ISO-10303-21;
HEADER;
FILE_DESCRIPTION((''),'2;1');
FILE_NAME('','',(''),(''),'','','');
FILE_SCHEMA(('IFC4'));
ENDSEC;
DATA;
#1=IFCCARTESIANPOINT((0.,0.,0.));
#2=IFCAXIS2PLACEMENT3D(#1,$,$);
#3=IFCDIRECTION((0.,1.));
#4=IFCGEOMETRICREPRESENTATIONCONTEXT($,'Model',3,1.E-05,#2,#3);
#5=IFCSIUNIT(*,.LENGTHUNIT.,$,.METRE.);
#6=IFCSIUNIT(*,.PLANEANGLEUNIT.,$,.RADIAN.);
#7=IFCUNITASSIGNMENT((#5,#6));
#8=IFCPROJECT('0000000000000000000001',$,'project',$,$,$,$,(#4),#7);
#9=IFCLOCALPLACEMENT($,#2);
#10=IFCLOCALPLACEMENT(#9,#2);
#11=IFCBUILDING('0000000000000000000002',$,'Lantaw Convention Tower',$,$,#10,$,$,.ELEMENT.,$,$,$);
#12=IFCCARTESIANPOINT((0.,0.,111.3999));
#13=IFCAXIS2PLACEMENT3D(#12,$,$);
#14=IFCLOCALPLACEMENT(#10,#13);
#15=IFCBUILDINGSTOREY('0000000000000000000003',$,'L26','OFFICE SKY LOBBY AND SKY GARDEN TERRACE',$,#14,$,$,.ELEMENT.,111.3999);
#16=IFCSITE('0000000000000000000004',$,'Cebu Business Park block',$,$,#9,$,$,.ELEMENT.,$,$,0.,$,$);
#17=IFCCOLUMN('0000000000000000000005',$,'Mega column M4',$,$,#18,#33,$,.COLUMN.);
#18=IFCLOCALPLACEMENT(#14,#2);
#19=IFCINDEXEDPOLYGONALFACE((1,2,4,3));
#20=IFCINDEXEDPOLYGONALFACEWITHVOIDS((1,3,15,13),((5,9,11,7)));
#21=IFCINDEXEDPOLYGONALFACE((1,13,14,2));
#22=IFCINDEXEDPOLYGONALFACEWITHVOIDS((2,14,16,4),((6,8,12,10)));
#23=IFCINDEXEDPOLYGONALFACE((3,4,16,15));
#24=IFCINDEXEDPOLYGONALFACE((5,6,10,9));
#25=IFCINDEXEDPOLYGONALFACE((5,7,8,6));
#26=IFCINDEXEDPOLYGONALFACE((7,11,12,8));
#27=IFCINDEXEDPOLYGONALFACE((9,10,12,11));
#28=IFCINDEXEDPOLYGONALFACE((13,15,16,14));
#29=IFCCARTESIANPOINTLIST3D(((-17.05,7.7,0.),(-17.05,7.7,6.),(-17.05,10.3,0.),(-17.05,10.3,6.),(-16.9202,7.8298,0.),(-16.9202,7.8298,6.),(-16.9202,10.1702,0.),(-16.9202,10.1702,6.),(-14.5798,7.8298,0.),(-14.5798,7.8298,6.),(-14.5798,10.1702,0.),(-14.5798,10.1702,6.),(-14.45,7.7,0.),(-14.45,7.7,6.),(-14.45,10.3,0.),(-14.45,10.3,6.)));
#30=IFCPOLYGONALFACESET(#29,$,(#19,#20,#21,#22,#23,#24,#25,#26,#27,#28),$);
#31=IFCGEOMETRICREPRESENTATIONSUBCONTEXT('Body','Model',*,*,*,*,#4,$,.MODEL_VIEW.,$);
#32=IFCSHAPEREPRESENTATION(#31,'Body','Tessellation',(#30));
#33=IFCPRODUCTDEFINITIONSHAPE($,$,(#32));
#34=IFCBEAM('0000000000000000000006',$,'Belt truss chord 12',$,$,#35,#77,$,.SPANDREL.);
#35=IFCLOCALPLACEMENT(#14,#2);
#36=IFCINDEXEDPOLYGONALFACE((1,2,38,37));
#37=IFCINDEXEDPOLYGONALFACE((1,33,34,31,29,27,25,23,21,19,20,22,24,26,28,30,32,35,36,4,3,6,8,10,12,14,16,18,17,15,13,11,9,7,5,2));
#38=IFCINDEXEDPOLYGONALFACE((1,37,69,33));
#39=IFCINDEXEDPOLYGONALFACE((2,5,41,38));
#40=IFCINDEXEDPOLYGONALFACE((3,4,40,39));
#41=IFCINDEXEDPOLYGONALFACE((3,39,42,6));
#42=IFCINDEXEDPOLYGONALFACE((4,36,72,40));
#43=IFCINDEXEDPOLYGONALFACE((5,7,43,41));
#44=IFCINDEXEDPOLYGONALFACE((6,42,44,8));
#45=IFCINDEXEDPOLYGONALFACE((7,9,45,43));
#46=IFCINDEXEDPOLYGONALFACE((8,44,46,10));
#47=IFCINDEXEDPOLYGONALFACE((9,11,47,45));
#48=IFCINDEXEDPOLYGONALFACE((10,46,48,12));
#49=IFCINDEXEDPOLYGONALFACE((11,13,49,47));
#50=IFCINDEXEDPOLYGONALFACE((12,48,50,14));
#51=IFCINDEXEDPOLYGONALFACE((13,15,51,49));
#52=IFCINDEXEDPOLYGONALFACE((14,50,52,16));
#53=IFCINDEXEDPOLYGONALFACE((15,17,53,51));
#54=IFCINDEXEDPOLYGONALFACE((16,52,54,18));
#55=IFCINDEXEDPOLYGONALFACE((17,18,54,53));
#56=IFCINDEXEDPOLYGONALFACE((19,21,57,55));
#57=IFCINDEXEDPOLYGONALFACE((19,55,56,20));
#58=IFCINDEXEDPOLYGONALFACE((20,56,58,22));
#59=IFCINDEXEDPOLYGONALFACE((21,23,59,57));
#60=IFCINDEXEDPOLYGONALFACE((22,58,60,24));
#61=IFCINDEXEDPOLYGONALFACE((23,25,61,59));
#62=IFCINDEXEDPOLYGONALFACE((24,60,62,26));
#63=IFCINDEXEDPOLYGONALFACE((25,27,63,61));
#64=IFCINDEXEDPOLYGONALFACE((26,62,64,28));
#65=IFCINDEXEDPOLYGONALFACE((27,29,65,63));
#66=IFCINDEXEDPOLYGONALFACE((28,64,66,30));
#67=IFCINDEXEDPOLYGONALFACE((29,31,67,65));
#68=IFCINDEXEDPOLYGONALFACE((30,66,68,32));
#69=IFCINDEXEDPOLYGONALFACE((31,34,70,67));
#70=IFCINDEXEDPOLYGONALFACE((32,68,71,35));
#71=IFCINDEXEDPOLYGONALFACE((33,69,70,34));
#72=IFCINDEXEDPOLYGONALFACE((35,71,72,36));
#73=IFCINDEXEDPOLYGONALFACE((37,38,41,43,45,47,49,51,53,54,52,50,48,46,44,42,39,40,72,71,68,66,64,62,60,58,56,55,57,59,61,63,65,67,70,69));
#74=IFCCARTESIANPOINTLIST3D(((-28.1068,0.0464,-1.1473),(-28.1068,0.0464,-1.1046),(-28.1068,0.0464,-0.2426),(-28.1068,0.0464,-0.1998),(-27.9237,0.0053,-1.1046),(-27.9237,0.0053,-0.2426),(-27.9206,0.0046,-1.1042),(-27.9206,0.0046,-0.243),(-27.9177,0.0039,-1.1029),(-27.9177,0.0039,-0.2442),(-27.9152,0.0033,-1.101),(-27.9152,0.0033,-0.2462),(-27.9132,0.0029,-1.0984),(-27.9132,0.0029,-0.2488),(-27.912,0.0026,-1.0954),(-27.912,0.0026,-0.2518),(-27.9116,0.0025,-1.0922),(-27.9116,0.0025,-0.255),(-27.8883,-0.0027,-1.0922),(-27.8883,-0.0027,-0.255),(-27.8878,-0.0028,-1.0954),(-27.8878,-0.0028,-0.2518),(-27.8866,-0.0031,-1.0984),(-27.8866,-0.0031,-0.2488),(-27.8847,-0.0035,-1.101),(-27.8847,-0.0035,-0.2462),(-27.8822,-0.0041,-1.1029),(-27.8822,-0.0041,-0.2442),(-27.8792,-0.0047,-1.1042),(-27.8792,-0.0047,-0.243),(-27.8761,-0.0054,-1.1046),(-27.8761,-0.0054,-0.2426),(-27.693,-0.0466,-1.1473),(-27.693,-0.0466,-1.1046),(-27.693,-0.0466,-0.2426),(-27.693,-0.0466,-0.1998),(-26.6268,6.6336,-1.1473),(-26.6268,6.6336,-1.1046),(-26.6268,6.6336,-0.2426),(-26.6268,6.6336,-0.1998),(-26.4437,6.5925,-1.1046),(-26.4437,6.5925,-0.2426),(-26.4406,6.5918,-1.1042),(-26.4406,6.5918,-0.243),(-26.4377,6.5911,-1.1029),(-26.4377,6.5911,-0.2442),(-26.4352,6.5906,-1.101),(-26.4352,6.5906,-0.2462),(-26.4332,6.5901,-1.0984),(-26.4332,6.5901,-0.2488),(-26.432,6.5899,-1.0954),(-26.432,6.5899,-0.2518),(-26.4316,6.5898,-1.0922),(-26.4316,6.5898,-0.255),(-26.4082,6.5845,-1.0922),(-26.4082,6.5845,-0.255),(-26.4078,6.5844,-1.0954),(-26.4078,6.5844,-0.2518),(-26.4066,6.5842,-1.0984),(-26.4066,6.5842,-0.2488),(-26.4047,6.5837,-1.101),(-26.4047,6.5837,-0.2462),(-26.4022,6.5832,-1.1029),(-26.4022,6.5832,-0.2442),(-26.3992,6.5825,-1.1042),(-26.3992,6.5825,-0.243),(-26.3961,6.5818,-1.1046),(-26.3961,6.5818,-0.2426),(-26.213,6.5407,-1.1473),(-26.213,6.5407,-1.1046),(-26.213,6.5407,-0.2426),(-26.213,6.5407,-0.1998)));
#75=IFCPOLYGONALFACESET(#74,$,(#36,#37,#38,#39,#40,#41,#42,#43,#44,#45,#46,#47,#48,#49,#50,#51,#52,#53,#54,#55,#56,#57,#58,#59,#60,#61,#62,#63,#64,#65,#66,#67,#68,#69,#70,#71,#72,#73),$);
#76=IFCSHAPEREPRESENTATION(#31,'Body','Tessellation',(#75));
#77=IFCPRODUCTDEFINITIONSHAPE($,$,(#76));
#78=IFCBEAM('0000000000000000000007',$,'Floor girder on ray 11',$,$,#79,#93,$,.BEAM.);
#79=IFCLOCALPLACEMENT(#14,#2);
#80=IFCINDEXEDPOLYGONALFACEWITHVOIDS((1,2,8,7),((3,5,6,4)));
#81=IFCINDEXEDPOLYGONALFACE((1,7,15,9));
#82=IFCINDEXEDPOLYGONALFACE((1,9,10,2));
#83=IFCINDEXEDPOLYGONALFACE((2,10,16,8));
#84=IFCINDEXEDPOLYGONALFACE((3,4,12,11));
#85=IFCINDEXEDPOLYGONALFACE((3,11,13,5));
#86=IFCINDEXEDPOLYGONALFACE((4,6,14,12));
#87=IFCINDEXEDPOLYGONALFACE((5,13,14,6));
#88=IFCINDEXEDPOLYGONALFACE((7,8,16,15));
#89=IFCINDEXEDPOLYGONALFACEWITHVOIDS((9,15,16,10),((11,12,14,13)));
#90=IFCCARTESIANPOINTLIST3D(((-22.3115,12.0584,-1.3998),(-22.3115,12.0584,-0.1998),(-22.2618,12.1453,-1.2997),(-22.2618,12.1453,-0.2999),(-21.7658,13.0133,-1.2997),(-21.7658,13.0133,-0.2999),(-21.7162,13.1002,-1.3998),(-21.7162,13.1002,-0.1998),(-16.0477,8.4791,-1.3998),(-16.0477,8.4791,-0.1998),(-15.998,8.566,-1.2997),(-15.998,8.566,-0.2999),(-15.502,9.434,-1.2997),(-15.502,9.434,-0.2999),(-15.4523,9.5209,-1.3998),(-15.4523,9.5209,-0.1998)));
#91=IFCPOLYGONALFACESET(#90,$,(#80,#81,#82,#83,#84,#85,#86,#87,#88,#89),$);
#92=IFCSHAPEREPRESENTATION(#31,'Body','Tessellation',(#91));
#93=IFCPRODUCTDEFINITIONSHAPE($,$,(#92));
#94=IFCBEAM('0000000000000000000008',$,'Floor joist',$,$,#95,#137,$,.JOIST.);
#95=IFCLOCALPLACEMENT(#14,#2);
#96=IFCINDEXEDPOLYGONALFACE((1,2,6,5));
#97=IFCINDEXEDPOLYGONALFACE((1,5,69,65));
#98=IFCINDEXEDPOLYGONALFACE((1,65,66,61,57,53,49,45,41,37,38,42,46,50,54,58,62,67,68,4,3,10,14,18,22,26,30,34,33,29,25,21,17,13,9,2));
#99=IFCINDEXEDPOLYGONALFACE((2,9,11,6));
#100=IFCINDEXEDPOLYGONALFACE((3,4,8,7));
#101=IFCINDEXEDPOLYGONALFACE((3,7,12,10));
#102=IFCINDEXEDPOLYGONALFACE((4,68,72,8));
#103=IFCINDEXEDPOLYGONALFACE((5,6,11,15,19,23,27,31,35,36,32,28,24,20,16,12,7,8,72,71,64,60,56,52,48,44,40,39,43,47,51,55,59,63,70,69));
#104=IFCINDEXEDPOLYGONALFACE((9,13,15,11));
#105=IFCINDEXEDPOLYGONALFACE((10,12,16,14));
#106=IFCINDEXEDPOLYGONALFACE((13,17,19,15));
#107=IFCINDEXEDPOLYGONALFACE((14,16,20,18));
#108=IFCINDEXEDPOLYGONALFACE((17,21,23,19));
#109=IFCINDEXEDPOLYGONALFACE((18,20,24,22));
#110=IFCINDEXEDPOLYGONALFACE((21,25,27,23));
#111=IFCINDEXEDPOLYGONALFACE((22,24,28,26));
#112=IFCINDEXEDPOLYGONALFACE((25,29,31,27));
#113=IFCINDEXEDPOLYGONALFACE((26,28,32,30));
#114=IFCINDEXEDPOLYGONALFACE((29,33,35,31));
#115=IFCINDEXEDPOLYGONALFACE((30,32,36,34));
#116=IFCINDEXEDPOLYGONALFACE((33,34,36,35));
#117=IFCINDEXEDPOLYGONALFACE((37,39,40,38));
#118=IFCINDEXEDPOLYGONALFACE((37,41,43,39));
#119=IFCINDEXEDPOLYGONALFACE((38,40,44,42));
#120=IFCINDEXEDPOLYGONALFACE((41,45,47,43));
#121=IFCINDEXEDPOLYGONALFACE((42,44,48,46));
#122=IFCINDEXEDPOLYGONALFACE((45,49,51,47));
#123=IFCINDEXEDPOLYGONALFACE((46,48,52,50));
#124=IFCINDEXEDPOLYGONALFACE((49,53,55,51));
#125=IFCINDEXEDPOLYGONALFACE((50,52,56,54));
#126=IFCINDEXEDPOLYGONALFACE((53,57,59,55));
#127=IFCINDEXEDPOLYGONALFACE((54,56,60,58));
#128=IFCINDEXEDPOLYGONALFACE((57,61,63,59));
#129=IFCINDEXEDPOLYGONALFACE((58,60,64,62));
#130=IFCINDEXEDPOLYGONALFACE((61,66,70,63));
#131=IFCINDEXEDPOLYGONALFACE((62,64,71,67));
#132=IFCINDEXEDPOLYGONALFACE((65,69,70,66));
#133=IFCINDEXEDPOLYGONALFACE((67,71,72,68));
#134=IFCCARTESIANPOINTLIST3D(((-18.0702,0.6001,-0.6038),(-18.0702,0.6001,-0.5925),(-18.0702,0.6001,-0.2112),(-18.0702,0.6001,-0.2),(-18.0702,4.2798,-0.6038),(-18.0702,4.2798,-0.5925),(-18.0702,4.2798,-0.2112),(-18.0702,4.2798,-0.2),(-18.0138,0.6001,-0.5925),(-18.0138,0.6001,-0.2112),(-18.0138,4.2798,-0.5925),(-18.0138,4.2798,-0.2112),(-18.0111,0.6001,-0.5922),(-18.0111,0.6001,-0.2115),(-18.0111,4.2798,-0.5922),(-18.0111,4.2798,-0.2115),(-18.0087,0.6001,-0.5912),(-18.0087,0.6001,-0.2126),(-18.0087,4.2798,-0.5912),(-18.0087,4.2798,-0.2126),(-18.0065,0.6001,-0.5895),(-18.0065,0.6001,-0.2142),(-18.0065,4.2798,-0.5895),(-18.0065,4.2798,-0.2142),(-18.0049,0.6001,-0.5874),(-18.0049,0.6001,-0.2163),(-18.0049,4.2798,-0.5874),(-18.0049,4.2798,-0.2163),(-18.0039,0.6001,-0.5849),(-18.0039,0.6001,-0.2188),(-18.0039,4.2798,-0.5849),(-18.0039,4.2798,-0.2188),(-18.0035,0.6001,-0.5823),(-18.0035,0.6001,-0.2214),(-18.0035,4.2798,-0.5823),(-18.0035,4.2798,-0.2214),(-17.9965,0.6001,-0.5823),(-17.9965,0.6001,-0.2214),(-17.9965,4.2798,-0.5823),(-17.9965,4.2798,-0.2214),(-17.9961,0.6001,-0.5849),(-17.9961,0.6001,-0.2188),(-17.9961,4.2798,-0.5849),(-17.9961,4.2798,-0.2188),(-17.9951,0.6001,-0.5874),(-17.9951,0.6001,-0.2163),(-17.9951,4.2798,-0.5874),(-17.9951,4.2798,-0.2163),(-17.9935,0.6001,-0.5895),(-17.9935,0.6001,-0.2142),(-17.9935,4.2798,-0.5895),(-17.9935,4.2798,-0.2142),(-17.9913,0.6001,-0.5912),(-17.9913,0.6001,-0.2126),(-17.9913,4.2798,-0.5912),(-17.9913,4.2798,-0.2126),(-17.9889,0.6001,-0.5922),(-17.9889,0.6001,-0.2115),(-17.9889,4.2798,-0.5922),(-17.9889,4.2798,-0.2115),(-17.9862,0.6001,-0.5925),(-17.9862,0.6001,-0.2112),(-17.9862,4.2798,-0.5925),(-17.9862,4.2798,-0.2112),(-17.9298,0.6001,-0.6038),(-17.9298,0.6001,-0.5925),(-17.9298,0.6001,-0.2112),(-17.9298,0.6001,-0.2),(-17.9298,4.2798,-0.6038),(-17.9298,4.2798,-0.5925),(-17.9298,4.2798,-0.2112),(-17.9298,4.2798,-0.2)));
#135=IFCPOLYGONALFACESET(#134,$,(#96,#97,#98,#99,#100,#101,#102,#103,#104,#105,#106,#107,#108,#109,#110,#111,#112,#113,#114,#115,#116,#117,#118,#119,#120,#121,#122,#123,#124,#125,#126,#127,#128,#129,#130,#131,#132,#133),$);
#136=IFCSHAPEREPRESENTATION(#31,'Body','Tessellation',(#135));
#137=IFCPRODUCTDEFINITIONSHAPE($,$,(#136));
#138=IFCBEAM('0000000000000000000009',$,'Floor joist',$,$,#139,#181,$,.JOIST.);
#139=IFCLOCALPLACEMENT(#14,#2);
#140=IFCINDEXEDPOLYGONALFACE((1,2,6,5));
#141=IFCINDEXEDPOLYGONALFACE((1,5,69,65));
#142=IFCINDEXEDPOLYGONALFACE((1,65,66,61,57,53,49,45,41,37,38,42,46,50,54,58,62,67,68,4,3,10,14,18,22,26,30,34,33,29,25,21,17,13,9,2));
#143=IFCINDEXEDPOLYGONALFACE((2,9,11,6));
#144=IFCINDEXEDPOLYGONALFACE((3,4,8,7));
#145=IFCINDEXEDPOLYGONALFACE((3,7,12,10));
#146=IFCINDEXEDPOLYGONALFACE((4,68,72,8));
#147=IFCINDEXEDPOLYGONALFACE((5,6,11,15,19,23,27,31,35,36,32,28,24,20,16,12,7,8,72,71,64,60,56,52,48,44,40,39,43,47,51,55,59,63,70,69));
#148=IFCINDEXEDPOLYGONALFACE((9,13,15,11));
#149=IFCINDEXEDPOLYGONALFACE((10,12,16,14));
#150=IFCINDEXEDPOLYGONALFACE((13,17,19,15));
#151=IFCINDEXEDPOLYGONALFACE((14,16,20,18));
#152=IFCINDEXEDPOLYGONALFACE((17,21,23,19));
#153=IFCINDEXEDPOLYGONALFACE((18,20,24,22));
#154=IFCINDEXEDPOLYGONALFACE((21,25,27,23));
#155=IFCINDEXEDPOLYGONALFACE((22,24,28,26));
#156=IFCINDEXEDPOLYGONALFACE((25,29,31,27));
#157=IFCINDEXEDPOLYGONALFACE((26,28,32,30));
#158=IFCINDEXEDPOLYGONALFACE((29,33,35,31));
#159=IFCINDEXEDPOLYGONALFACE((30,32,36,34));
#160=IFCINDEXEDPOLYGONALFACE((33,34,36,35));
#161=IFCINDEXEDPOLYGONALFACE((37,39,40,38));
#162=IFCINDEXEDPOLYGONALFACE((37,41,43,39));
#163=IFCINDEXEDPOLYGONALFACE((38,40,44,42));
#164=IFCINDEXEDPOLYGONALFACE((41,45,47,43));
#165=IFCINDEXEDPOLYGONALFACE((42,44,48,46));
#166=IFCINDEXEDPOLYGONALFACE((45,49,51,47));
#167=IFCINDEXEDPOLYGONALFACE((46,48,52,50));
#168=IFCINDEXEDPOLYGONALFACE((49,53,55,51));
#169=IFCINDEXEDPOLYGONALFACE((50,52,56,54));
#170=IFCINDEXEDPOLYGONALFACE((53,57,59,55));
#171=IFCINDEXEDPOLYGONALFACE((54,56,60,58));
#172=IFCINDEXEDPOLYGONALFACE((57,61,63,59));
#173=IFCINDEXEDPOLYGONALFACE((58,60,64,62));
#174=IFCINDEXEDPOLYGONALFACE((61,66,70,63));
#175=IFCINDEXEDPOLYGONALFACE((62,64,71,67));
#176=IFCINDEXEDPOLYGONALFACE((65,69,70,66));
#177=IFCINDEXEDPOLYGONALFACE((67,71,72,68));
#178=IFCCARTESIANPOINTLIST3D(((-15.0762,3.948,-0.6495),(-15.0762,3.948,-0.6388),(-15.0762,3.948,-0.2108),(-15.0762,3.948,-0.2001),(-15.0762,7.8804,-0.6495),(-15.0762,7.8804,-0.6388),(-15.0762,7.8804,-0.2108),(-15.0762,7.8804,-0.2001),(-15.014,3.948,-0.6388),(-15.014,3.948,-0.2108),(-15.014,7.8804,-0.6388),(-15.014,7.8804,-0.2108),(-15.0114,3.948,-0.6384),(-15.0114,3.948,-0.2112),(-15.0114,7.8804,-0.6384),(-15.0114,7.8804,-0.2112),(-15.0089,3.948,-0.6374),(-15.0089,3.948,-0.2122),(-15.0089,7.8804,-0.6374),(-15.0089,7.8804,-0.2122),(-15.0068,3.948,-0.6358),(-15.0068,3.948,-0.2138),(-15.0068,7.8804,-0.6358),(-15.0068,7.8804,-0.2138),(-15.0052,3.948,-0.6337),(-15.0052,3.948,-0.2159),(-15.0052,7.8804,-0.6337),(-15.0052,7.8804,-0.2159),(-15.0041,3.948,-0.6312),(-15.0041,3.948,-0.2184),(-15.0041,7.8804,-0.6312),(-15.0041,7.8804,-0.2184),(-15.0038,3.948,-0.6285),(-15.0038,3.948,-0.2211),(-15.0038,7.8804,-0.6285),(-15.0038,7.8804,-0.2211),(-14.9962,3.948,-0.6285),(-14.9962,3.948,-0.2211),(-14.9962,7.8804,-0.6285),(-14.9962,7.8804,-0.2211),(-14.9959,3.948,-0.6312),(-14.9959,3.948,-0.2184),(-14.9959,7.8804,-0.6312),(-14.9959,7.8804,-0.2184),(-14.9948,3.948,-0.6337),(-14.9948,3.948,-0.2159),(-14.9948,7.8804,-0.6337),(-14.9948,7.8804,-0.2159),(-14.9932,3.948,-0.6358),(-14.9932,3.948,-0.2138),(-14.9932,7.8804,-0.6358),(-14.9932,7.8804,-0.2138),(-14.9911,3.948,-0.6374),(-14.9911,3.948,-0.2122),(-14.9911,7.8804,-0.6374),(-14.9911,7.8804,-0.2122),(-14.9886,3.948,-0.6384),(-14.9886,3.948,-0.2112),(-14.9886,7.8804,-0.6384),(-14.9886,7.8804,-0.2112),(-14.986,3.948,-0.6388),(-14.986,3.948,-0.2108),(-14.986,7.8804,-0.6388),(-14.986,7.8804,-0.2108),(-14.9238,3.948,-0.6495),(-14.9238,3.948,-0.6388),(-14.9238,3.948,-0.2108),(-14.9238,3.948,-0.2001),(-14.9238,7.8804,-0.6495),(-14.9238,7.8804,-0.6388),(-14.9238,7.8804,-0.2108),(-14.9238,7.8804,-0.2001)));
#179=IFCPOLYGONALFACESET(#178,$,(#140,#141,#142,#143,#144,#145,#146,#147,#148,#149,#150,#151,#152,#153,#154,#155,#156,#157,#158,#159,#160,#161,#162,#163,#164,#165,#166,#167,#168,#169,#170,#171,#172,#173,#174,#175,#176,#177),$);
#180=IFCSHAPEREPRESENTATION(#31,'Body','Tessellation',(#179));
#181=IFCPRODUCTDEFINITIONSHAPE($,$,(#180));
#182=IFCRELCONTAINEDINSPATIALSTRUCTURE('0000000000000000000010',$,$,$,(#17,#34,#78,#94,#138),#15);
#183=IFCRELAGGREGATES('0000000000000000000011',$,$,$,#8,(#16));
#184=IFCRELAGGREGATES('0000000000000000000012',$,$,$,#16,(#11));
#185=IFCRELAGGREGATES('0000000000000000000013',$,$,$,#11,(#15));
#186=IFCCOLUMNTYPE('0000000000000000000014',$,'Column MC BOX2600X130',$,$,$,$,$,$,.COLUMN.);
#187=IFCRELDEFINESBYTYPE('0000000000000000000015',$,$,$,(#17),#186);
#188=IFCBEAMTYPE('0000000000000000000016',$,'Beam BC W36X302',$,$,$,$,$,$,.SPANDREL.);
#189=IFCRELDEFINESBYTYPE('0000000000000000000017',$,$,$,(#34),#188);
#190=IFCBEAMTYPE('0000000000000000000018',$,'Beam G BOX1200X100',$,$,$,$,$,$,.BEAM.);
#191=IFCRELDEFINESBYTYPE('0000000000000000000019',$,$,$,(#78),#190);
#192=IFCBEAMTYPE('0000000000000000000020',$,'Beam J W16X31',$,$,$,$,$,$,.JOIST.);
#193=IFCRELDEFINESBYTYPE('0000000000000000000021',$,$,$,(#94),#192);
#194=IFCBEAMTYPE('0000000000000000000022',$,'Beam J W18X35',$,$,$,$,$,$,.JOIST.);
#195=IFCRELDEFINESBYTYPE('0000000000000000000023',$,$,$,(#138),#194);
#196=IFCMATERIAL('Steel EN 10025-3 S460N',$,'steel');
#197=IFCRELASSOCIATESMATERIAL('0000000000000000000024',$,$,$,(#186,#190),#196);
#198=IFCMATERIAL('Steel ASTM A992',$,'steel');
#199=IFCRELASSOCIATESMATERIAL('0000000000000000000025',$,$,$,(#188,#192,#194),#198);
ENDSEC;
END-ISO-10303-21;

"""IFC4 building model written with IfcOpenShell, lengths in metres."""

from ifc_helpers import new_model, si_unit, direction, frame, origin, origin_2d, place, context, subcontext, project, spatial, rectangle, hollow_rectangle, i_section, extrude, material, material_profile, profile_set, type_object, element, save


model = new_model("IFC4")

# Units and contexts
model_context = context("Model", 3, precision=1e-05, world=origin(), true_north=direction((0.0, 1.0)))
body_context = subcontext(model_context, "Body", "Model", "MODEL_VIEW")
ifc_project = project(units=[si_unit("LENGTHUNIT", "METRE"), si_unit("PLANEANGLEUNIT", "RADIAN")], contexts=[model_context])

# Site, building, storey
site_placement = place(None, origin())
site = spatial("IfcSite", under=ifc_project, at=site_placement, Name="Cebu Business Park block", CompositionType="ELEMENT", RefElevation=0.0)
building_placement = place(site_placement, origin())
building = spatial("IfcBuilding", under=site, at=building_placement, Name="Lantaw Convention Tower", CompositionType="ELEMENT")
storey_placement = place(building_placement, frame((0.0, 0.0, 111.3999)))
storey = spatial("IfcBuildingStorey", under=building, at=storey_placement, Name="L26", Description="OFFICE SKY LOBBY AND SKY GARDEN TERRACE", CompositionType="ELEMENT", Elevation=111.3999)

# Column
ifc_material_1 = material(Name="Steel EN 10025-3 S460N", Category="steel")
ifc_material_profile_1 = material_profile(ifc_material_1, hollow_rectangle(XDim=2.6001, YDim=2.6001, WallThickness=0.1299, at=origin_2d()), Name="BOX2600X130")
ifc_material_2 = material(Name="Concrete C60/75", Category="concrete")
ifc_material_profile_2 = material_profile(ifc_material_2, rectangle(XDim=2.3401, YDim=2.3401, at=origin_2d()), Name="Concrete fill of BOX2600X130")
ifc_profile_set_1 = profile_set([ifc_material_profile_1, ifc_material_profile_2], Name="Steel EN 10025-3 S460N")
column_type = type_object("IfcColumnType", Name="Column MC BOX2600X130", PredefinedType="COLUMN", material=ifc_profile_set_1)
column_placement = place(storey_placement, frame((-15.75, 9.0, 0.0), z_axis=(0.0, 0.0, 1.0), x_axis=(1.0, 0.0, 0.0)))
element("IfcColumn", 1, at=column_placement, inside=storey, type_object=column_type, Name="Mega column M4", PredefinedType="COLUMN", context=body_context, shape_type="SweptSolid", body=[
    extrude(hollow_rectangle(XDim=2.6001, YDim=2.6001, WallThickness=0.1299, at=origin_2d()), origin(), (0.0, 0.0, 1.0), 6.0),
])

# Beams
ifc_material_3 = material(Name="Steel ASTM A992", Category="steel")
ifc_material_profile_3 = material_profile(ifc_material_3, i_section(OverallWidth=0.4241, OverallDepth=0.9475, WebThickness=0.0239, FlangeThickness=0.0427, FilletRadius=0.0125, at=origin_2d()), Name="W36X302")
ifc_profile_set_2 = profile_set([ifc_material_profile_3], Name="Steel ASTM A992")
beam_type_1 = type_object("IfcBeamType", Name="Beam BC W36X302", PredefinedType="SPANDREL", material=ifc_profile_set_2)
beam_1_placement = place(storey_placement, frame((-26.4199, 6.5872, -0.6736), z_axis=(-0.219212, -0.975677, 0.0), x_axis=(0.975677, -0.219212, 0.0)))
element("IfcBeam", 2, at=beam_1_placement, inside=storey, type_object=beam_type_1, Name="Belt truss chord 12", PredefinedType="SPANDREL", context=body_context, shape_type="SweptSolid", body=[
    extrude(i_section(OverallWidth=0.4241, OverallDepth=0.9475, WebThickness=0.0239, FlangeThickness=0.0427, FilletRadius=0.0125, at=origin_2d()), origin(), (0.0, 0.0, 1.0), 6.7515),
])
ifc_material_profile_4 = material_profile(ifc_material_1, hollow_rectangle(XDim=1.2, YDim=1.2, WallThickness=0.1001, at=origin_2d()), Name="BOX1200X100")
ifc_profile_set_3 = profile_set([ifc_material_profile_4], Name="Steel EN 10025-3 S460N")
beam_type_2 = type_object("IfcBeamType", Name="Beam G BOX1200X100", PredefinedType="BEAM", material=ifc_profile_set_3)
beam_2_placement = place(storey_placement, frame((-15.75, 9.0, -0.7998), z_axis=(-0.868245, 0.496135, 0.0), x_axis=(-0.496135, -0.868245, 0.0)))
element("IfcBeam", 3, at=beam_2_placement, inside=storey, type_object=beam_type_2, Name="Floor girder on ray 11", PredefinedType="BEAM", context=body_context, shape_type="SweptSolid", body=[
    extrude(hollow_rectangle(XDim=1.2, YDim=1.2, WallThickness=0.1001, at=origin_2d()), origin(), (0.0, 0.0, 1.0), 7.2144),
])
ifc_material_profile_5 = material_profile(ifc_material_3, i_section(OverallWidth=0.1404, OverallDepth=0.4038, WebThickness=0.0071, FlangeThickness=0.0112, FilletRadius=0.0103, at=origin_2d()), Name="W16X31")
ifc_profile_set_4 = profile_set([ifc_material_profile_5], Name="Steel ASTM A992")
beam_type_3 = type_object("IfcBeamType", Name="Beam J W16X31", PredefinedType="JOIST", material=ifc_profile_set_4)
beam_3_placement = place(storey_placement, frame((-18.0, 0.6001, -0.4019), z_axis=(0.0, 1.0, 0.0), x_axis=(-1.0, 0.0, 0.0)))
element("IfcBeam", 4, at=beam_3_placement, inside=storey, type_object=beam_type_3, Name="Floor joist", PredefinedType="JOIST", context=body_context, shape_type="SweptSolid", body=[
    extrude(i_section(OverallWidth=0.1404, OverallDepth=0.4038, WebThickness=0.0071, FlangeThickness=0.0112, FilletRadius=0.0103, at=origin_2d()), origin(), (0.0, 0.0, 1.0), 3.6797),
])
ifc_material_profile_6 = material_profile(ifc_material_3, i_section(OverallWidth=0.1523, OverallDepth=0.4495, WebThickness=0.0076, FlangeThickness=0.0107, FilletRadius=0.0103, at=origin_2d()), Name="W18X35")
ifc_profile_set_5 = profile_set([ifc_material_profile_6], Name="Steel ASTM A992")
beam_type_4 = type_object("IfcBeamType", Name="Beam J W18X35", PredefinedType="JOIST", material=ifc_profile_set_5)
beam_4_placement = place(storey_placement, frame((-15.0, 3.948, -0.4248), z_axis=(0.0, 1.0, 0.0), x_axis=(-1.0, 0.0, 0.0)))
element("IfcBeam", 5, at=beam_4_placement, inside=storey, type_object=beam_type_4, Name="Floor joist", PredefinedType="JOIST", context=body_context, shape_type="SweptSolid", body=[
    extrude(i_section(OverallWidth=0.1523, OverallDepth=0.4495, WebThickness=0.0076, FlangeThickness=0.0107, FilletRadius=0.0103, at=origin_2d()), origin(), (0.0, 0.0, 1.0), 3.9324),
])

save(model, "model.ifc")
